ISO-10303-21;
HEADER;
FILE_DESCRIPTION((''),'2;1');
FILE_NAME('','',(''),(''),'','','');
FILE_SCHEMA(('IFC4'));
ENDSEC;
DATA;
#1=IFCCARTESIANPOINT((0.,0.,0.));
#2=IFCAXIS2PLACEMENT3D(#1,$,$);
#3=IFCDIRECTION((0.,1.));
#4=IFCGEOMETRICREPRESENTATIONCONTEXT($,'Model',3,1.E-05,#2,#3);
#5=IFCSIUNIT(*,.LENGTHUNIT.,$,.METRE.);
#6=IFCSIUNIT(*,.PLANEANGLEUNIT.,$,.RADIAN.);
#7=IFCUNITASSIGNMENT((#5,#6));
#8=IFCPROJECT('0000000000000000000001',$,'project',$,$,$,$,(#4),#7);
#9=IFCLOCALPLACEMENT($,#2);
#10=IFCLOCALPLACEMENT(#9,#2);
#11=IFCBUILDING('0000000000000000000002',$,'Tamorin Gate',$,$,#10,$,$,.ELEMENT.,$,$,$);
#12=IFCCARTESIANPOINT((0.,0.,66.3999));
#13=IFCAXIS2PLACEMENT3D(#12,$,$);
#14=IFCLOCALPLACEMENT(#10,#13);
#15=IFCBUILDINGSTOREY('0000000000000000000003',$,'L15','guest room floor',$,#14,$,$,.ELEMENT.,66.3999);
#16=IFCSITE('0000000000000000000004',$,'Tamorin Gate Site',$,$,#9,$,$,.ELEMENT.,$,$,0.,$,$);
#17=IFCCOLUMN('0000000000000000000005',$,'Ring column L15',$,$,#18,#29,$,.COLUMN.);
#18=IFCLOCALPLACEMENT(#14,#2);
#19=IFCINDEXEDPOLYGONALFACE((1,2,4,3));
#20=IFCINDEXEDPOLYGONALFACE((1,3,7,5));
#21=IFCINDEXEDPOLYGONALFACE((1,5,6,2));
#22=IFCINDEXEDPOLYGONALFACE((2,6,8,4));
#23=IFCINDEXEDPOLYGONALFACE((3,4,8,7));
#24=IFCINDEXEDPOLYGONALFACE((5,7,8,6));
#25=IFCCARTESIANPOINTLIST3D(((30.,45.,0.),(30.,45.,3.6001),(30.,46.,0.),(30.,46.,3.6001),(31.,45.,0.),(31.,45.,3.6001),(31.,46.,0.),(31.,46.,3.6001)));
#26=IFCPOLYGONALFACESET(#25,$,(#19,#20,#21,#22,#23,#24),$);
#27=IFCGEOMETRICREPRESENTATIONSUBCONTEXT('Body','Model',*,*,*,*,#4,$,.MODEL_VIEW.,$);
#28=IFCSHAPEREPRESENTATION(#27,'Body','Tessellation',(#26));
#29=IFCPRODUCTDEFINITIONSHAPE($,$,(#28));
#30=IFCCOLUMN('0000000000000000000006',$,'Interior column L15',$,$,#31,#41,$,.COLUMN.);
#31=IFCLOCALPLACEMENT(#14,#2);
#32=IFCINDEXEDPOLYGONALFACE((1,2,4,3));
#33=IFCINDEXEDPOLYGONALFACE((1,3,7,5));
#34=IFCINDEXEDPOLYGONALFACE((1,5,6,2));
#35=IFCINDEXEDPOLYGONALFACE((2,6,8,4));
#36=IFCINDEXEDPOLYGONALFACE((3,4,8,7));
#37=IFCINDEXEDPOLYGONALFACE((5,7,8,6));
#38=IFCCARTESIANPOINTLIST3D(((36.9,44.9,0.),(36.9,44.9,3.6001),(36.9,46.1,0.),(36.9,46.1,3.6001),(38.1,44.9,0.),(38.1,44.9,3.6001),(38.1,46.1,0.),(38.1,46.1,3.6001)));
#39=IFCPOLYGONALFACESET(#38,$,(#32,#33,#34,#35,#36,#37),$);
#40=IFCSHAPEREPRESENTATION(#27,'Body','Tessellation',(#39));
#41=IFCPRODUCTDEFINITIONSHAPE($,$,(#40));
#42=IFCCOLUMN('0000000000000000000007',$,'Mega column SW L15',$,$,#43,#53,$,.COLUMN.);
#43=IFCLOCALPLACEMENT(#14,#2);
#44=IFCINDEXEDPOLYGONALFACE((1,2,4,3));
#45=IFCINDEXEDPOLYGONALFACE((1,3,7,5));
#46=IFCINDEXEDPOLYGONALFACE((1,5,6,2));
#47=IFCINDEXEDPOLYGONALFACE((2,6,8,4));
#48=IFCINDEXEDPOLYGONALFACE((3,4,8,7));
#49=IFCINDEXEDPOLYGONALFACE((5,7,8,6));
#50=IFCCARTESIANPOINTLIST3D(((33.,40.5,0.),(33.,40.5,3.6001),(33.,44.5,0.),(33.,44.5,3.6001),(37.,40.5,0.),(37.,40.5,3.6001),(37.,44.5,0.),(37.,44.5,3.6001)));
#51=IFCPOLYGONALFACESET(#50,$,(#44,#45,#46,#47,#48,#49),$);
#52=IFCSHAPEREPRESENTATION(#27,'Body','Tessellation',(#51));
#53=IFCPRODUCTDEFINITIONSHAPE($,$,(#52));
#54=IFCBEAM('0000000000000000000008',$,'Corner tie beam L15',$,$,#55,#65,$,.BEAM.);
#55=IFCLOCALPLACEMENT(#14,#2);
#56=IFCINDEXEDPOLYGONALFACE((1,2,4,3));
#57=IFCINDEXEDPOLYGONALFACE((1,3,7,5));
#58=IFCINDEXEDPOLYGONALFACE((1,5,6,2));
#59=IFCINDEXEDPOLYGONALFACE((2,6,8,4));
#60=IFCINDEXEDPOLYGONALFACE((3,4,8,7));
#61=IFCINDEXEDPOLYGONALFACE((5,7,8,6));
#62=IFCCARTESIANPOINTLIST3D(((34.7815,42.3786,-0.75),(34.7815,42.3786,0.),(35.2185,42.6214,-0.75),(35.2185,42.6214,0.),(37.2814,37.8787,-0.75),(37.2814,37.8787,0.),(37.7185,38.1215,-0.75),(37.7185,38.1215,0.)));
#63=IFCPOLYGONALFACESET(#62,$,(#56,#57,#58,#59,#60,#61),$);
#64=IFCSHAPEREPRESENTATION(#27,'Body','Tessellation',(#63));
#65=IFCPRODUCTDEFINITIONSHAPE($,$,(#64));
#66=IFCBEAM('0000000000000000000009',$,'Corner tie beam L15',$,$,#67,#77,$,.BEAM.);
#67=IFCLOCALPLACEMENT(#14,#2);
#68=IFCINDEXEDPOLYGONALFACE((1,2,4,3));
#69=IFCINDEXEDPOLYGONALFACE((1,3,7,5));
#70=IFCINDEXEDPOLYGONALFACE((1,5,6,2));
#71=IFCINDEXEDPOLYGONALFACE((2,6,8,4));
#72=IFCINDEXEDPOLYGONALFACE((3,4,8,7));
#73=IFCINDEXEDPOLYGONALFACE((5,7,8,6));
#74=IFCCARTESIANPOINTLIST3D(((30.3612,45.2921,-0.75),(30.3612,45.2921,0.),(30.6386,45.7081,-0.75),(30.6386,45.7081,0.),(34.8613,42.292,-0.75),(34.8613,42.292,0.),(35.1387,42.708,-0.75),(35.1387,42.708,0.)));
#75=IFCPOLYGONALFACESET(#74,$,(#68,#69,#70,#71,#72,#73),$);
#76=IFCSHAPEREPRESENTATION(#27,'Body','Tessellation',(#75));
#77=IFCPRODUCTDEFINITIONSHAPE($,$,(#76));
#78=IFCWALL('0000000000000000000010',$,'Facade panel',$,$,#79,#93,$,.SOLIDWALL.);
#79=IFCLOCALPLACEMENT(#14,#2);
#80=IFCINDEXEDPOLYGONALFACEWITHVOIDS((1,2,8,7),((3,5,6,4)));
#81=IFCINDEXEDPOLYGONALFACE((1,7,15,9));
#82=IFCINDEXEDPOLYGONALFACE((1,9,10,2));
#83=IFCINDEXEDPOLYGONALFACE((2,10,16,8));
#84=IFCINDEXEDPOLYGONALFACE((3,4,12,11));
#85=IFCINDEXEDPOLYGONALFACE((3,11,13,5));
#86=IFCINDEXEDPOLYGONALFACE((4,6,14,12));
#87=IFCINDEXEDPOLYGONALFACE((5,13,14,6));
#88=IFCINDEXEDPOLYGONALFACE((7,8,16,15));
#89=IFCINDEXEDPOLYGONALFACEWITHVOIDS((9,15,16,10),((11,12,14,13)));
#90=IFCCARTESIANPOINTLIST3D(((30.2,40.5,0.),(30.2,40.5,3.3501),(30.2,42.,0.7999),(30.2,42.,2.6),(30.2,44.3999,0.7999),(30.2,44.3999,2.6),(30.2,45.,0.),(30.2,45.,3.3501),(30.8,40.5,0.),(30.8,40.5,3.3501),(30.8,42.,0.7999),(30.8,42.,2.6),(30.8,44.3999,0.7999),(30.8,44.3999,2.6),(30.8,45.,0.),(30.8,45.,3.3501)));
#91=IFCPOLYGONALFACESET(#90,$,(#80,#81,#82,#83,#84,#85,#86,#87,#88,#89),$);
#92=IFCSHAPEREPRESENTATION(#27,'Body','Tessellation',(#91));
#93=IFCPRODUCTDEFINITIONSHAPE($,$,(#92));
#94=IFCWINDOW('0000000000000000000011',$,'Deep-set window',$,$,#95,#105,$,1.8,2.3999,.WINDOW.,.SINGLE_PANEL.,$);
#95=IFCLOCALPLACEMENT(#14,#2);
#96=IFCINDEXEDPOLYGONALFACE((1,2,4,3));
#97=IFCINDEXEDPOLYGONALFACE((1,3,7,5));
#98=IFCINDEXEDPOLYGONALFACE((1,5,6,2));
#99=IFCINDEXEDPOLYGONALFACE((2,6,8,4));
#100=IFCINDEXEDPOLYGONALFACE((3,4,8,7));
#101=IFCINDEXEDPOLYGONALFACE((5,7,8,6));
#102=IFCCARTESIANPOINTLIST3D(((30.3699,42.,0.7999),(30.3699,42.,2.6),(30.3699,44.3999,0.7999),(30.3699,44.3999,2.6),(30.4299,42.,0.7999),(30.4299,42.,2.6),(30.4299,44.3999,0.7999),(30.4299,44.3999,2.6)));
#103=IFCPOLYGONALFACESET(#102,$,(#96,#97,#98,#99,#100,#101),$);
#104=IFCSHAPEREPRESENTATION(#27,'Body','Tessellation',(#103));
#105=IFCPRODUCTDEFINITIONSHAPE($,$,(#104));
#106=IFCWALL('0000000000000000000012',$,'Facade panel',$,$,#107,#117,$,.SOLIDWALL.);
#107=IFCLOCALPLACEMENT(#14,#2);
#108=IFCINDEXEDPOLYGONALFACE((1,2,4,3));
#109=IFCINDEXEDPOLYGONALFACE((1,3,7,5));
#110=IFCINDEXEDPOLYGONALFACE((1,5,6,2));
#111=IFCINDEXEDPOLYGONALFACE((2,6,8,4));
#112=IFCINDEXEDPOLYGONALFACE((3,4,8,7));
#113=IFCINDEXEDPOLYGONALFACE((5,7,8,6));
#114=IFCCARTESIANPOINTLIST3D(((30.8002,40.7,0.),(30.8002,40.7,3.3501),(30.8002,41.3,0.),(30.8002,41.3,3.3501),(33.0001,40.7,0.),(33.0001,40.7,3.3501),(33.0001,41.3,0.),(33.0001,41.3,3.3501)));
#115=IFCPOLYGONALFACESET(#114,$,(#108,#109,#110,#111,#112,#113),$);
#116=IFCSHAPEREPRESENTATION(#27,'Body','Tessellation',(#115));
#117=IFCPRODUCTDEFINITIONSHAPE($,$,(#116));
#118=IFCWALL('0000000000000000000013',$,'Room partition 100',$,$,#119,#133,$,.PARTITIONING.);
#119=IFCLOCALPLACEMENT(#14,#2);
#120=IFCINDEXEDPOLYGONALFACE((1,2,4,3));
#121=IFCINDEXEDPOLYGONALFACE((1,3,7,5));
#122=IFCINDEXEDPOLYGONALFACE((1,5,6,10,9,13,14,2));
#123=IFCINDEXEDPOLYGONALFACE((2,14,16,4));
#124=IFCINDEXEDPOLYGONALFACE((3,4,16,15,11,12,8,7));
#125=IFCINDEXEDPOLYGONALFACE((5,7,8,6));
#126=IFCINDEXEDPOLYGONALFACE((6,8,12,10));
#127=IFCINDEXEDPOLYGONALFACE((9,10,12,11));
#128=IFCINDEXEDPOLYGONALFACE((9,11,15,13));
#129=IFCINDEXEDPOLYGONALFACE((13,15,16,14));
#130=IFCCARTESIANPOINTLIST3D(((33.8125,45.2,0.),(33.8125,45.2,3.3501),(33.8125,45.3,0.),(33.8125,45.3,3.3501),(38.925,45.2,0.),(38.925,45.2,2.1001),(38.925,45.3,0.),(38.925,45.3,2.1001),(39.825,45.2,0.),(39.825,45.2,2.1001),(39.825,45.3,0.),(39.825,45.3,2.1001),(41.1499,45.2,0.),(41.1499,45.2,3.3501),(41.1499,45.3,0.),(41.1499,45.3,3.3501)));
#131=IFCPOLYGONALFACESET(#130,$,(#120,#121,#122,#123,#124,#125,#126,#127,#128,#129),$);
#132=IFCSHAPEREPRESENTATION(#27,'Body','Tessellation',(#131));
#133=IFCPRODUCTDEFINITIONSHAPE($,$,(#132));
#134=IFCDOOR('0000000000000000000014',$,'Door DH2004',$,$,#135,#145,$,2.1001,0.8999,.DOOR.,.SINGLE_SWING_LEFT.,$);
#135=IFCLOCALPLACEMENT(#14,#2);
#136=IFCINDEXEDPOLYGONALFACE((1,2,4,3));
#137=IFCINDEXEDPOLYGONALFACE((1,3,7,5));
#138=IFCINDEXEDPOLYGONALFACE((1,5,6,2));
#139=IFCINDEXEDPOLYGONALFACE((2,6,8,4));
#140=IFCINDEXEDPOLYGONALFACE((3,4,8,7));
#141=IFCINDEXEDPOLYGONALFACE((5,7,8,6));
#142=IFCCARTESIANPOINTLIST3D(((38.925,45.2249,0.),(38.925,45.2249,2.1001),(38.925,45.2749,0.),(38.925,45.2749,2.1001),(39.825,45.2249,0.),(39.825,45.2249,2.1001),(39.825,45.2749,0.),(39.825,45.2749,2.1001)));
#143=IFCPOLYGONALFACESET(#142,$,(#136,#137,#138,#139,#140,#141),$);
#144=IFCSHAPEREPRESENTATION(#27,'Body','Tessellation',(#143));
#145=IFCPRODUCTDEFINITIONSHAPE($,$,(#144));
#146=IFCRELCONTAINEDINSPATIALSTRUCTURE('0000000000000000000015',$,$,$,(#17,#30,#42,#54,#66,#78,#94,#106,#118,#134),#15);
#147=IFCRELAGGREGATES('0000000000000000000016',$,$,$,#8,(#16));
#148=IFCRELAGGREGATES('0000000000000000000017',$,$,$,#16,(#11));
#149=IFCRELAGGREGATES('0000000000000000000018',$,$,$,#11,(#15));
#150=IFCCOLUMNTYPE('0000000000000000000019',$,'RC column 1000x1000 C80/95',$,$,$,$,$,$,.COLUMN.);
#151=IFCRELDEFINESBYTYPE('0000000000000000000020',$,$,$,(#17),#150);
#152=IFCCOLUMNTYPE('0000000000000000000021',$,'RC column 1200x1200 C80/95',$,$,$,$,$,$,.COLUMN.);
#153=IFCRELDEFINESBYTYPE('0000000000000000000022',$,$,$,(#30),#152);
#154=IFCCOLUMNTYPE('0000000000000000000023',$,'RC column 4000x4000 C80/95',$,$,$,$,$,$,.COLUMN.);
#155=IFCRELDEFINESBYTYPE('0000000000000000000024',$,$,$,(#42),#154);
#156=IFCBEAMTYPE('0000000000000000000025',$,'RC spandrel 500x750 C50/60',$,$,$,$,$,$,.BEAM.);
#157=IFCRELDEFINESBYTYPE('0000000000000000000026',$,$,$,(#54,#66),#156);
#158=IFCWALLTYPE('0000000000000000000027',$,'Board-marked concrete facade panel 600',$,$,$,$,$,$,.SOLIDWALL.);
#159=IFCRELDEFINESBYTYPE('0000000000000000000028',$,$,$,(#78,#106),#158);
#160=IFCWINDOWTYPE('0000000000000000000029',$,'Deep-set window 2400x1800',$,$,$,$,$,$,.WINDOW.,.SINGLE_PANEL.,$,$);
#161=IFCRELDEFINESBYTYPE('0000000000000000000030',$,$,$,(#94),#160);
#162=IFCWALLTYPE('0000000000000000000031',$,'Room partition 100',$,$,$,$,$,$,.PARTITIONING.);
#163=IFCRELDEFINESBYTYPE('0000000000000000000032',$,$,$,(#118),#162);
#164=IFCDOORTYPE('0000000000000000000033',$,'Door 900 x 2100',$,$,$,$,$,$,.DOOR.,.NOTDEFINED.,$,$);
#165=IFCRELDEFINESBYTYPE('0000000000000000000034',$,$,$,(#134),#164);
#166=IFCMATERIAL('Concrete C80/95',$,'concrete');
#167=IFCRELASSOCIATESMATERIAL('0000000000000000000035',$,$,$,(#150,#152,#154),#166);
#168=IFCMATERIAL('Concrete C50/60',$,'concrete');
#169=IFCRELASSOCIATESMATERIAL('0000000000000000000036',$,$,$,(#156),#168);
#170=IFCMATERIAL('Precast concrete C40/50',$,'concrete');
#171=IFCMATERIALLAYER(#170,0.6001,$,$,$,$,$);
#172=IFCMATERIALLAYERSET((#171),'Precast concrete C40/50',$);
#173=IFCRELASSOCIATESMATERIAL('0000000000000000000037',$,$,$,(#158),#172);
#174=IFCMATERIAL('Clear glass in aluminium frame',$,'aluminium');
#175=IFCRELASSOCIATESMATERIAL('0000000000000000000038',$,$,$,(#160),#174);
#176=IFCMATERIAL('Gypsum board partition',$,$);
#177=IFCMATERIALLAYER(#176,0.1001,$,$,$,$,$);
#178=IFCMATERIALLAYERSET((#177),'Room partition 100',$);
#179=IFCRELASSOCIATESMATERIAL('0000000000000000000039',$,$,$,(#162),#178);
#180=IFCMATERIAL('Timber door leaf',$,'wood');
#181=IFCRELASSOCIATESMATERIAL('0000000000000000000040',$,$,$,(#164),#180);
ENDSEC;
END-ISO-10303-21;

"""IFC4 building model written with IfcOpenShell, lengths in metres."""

from ifc_helpers import new_model, si_unit, direction, frame, frame_2d, origin, origin_2d, place, context, subcontext, project, spatial, rectangle, extrude, material, layer, layer_set, material_profile, profile_set, type_object, element, fill, save


model = new_model("IFC4")

# Units and contexts
model_context = context("Model", 3, precision=1e-05, world=origin(), true_north=direction((0.0, 1.0)))
body_context = subcontext(model_context, "Body", "Model", "MODEL_VIEW")
ifc_project = project(units=[si_unit("LENGTHUNIT", "METRE"), si_unit("PLANEANGLEUNIT", "RADIAN")], contexts=[model_context])

# Site, building, storey
site_placement = place(None, origin())
site = spatial("IfcSite", under=ifc_project, at=site_placement, Name="Tamorin Gate Site", CompositionType="ELEMENT", RefElevation=0.0)
building_placement = place(site_placement, origin())
building = spatial("IfcBuilding", under=site, at=building_placement, Name="Tamorin Gate", CompositionType="ELEMENT")
storey_placement = place(building_placement, frame((0.0, 0.0, 66.3999)))
storey = spatial("IfcBuildingStorey", under=building, at=storey_placement, Name="L15", Description="guest room floor", CompositionType="ELEMENT", Elevation=66.3999)

# Columns
ifc_material_1 = material(Name="Concrete C80/95", Category="concrete")
ifc_material_profile_1 = material_profile(ifc_material_1, rectangle(XDim=1.0, YDim=1.0, at=origin_2d()), Name="RC 1000x1000")
ifc_profile_set_1 = profile_set([ifc_material_profile_1], Name="Concrete C80/95")
column_type_1 = type_object("IfcColumnType", Name="RC column 1000x1000 C80/95", PredefinedType="COLUMN", material=ifc_profile_set_1)
column_1_placement = place(storey_placement, frame((30.5, 45.5, 0.0), z_axis=(0.0, 0.0, 1.0), x_axis=(1.0, 0.0, 0.0)))
element("IfcColumn", 1, at=column_1_placement, inside=storey, type_object=column_type_1, Name="Ring column L15", PredefinedType="COLUMN", context=body_context, shape_type="SweptSolid", body=[
    extrude(rectangle(XDim=1.0, YDim=1.0, at=origin_2d()), origin(), (0.0, 0.0, 1.0), 3.6001),
])
ifc_material_profile_2 = material_profile(ifc_material_1, rectangle(XDim=1.2, YDim=1.2, at=origin_2d()), Name="RC 1200x1200")
ifc_profile_set_2 = profile_set([ifc_material_profile_2], Name="Concrete C80/95")
column_type_2 = type_object("IfcColumnType", Name="RC column 1200x1200 C80/95", PredefinedType="COLUMN", material=ifc_profile_set_2)
column_2_placement = place(storey_placement, frame((37.5, 45.5, 0.0), z_axis=(0.0, 0.0, 1.0), x_axis=(1.0, 0.0, 0.0)))
element("IfcColumn", 2, at=column_2_placement, inside=storey, type_object=column_type_2, Name="Interior column L15", PredefinedType="COLUMN", context=body_context, shape_type="SweptSolid", body=[
    extrude(rectangle(XDim=1.2, YDim=1.2, at=origin_2d()), origin(), (0.0, 0.0, 1.0), 3.6001),
])
ifc_material_profile_3 = material_profile(ifc_material_1, rectangle(XDim=4.0, YDim=4.0, at=origin_2d()), Name="RC 4000x4000")
ifc_profile_set_3 = profile_set([ifc_material_profile_3], Name="Concrete C80/95")
column_type_3 = type_object("IfcColumnType", Name="RC column 4000x4000 C80/95", PredefinedType="COLUMN", material=ifc_profile_set_3)
column_3_placement = place(storey_placement, frame((35.0, 42.5, 0.0), z_axis=(0.0, 0.0, 1.0), x_axis=(1.0, 0.0, 0.0)))
element("IfcColumn", 3, at=column_3_placement, inside=storey, type_object=column_type_3, Name="Mega column SW L15", PredefinedType="COLUMN", context=body_context, shape_type="SweptSolid", body=[
    extrude(rectangle(XDim=4.0, YDim=4.0, at=origin_2d()), origin(), (0.0, 0.0, 1.0), 3.6001),
])

# Beams
ifc_material_2 = material(Name="Concrete C50/60", Category="concrete")
ifc_material_profile_4 = material_profile(ifc_material_2, rectangle(XDim=0.5, YDim=0.75, at=origin_2d()), Name="RC 500x750")
ifc_profile_set_4 = profile_set([ifc_material_profile_4], Name="Concrete C50/60")
beam_type = type_object("IfcBeamType", Name="RC spandrel 500x750 C50/60", PredefinedType="BEAM", material=ifc_profile_set_4)
beam_1_placement = place(storey_placement, frame((35.0, 42.5, -0.375), z_axis=(0.485643, -0.874157, 0.0), x_axis=(0.874157, 0.485643, 0.0)))
element("IfcBeam", 4, at=beam_1_placement, inside=storey, type_object=beam_type, Name="Corner tie beam L15", PredefinedType="BEAM", context=body_context, shape_type="SweptSolid", body=[
    extrude(rectangle(XDim=0.5, YDim=0.75, at=origin_2d()), origin(), (0.0, 0.0, 1.0), 5.1477),
])
beam_2_placement = place(storey_placement, frame((35.0, 42.5, -0.375), z_axis=(-0.83205, 0.5547, 0.0), x_axis=(-0.5547, -0.83205, 0.0)))
element("IfcBeam", 5, at=beam_2_placement, inside=storey, type_object=beam_type, Name="Corner tie beam L15", PredefinedType="BEAM", context=body_context, shape_type="SweptSolid", body=[
    extrude(rectangle(XDim=0.5, YDim=0.75, at=origin_2d()), origin(), (0.0, 0.0, 1.0), 5.4084),
])

# Wall, opening, window
ifc_material_3 = material(Name="Precast concrete C40/50", Category="concrete")
ifc_layer_1 = layer(ifc_material_3, 0.6001)
ifc_layer_set_1 = layer_set([ifc_layer_1], Name="Precast concrete C40/50")
wall_type_1 = type_object("IfcWallType", Name="Board-marked concrete facade panel 600", PredefinedType="SOLIDWALL", material=ifc_layer_set_1)
wall_1_placement = place(storey_placement, frame((30.5, 45.0, 0.0), z_axis=(0.0, 0.0, 1.0), x_axis=(0.0, -1.0, 0.0)))
wall_1 = element("IfcWall", 6, at=wall_1_placement, inside=storey, type_object=wall_type_1, Name="Facade panel", PredefinedType="SOLIDWALL", context=body_context, shape_type="SweptSolid", body=[
    extrude(rectangle(XDim=4.5, YDim=0.6001, at=frame_2d((2.25, 0.0))), origin(), (0.0, 0.0, 1.0), 3.3501),
])
opening_1_placement = place(wall_1_placement, frame((0.6001, 0.0, 0.8)))
opening_1 = element("IfcOpeningElement", 7, at=opening_1_placement, cuts=wall_1, PredefinedType="OPENING", context=body_context, shape_type="SweptSolid", body=[
    extrude(rectangle(XDim=2.3999, YDim=1.8, at=frame_2d((1.2, 0.8999))), frame((0.0, 0.3101, 0.0), z_axis=(0.0, -1.0, 0.0), x_axis=(1.0, 0.0, 0.0)), (0.0, 0.0, 1.0), 0.6201),
])
ifc_material_4 = material(Name="Clear glass in aluminium frame", Category="aluminium")
window_type = type_object("IfcWindowType", Name="Deep-set window 2400x1800", PartitioningType="SINGLE_PANEL", PredefinedType="WINDOW", material=ifc_material_4)
window_placement = place(opening_1_placement, origin())
window = element("IfcWindow", 8, at=window_placement, inside=storey, type_object=window_type, Name="Deep-set window", OverallHeight=1.8, OverallWidth=2.3999, PartitioningType="SINGLE_PANEL", PredefinedType="WINDOW", context=body_context, shape_type="SweptSolid", body=[
    extrude(rectangle(XDim=2.3999, YDim=1.8, at=frame_2d((1.2, 0.8999))), frame((0.0, -0.0701, 0.0), z_axis=(0.0, -1.0, 0.0), x_axis=(1.0, 0.0, 0.0)), (0.0, 0.0, 1.0), 0.0601),
])
fill(opening_1, window)

# Wall
wall_2_placement = place(storey_placement, frame((30.8, 41.0, 0.0), z_axis=(0.0, 0.0, 1.0), x_axis=(1.0, 0.0, 0.0)))
element("IfcWall", 9, at=wall_2_placement, inside=storey, type_object=wall_type_1, Name="Facade panel", PredefinedType="SOLIDWALL", context=body_context, shape_type="SweptSolid", body=[
    extrude(rectangle(XDim=2.2, YDim=0.6001, at=frame_2d((1.1001, 0.0))), origin(), (0.0, 0.0, 1.0), 3.3501),
])

# Wall, opening, door
ifc_material_5 = material(Name="Gypsum board partition")
ifc_layer_2 = layer(ifc_material_5, 0.1001)
ifc_layer_set_2 = layer_set([ifc_layer_2], Name="Room partition 100")
wall_type_2 = type_object("IfcWallType", Name="Room partition 100", PredefinedType="PARTITIONING", material=ifc_layer_set_2)
wall_3_placement = place(storey_placement, frame((33.8125, 45.25, 0.0), z_axis=(0.0, 0.0, 1.0), x_axis=(1.0, 0.0, 0.0)))
wall_3 = element("IfcWall", 10, at=wall_3_placement, inside=storey, type_object=wall_type_2, Name="Room partition 100", PredefinedType="PARTITIONING", context=body_context, shape_type="SweptSolid", body=[
    extrude(rectangle(XDim=7.3374, YDim=0.1001, at=frame_2d((3.6687, 0.0))), origin(), (0.0, 0.0, 1.0), 3.3501),
])
opening_2_placement = place(wall_3_placement, frame((5.1125, 0.0, 0.0)))
opening_2 = element("IfcOpeningElement", 11, at=opening_2_placement, cuts=wall_3, PredefinedType="OPENING", context=body_context, shape_type="SweptSolid", body=[
    extrude(rectangle(XDim=0.8999, YDim=2.1001, at=frame_2d((0.45, 1.05))), frame((0.0, 0.0601, 0.0), z_axis=(0.0, -1.0, 0.0), x_axis=(1.0, 0.0, 0.0)), (0.0, 0.0, 1.0), 0.1201),
])
ifc_material_6 = material(Name="Timber door leaf", Category="wood")
door_type = type_object("IfcDoorType", Name="Door 900 x 2100", OperationType="NOTDEFINED", PredefinedType="DOOR", material=ifc_material_6)
door_1_placement = place(opening_2_placement, origin())
door_1 = element("IfcDoor", 12, at=door_1_placement, inside=storey, type_object=door_type, Name="Door DH2004", OperationType="SINGLE_SWING_LEFT", OverallHeight=2.1001, OverallWidth=0.8999, PredefinedType="DOOR", context=body_context, shape_type="SweptSolid", body=[
    extrude(rectangle(XDim=0.8999, YDim=2.1001, at=frame_2d((0.45, 1.05))), frame((0.0, 0.0249, 0.0), z_axis=(0.0, -1.0, 0.0), x_axis=(1.0, 0.0, 0.0)), (0.0, 0.0, 1.0), 0.05),
])
fill(opening_2, door_1)

save(model, "model.ifc")
